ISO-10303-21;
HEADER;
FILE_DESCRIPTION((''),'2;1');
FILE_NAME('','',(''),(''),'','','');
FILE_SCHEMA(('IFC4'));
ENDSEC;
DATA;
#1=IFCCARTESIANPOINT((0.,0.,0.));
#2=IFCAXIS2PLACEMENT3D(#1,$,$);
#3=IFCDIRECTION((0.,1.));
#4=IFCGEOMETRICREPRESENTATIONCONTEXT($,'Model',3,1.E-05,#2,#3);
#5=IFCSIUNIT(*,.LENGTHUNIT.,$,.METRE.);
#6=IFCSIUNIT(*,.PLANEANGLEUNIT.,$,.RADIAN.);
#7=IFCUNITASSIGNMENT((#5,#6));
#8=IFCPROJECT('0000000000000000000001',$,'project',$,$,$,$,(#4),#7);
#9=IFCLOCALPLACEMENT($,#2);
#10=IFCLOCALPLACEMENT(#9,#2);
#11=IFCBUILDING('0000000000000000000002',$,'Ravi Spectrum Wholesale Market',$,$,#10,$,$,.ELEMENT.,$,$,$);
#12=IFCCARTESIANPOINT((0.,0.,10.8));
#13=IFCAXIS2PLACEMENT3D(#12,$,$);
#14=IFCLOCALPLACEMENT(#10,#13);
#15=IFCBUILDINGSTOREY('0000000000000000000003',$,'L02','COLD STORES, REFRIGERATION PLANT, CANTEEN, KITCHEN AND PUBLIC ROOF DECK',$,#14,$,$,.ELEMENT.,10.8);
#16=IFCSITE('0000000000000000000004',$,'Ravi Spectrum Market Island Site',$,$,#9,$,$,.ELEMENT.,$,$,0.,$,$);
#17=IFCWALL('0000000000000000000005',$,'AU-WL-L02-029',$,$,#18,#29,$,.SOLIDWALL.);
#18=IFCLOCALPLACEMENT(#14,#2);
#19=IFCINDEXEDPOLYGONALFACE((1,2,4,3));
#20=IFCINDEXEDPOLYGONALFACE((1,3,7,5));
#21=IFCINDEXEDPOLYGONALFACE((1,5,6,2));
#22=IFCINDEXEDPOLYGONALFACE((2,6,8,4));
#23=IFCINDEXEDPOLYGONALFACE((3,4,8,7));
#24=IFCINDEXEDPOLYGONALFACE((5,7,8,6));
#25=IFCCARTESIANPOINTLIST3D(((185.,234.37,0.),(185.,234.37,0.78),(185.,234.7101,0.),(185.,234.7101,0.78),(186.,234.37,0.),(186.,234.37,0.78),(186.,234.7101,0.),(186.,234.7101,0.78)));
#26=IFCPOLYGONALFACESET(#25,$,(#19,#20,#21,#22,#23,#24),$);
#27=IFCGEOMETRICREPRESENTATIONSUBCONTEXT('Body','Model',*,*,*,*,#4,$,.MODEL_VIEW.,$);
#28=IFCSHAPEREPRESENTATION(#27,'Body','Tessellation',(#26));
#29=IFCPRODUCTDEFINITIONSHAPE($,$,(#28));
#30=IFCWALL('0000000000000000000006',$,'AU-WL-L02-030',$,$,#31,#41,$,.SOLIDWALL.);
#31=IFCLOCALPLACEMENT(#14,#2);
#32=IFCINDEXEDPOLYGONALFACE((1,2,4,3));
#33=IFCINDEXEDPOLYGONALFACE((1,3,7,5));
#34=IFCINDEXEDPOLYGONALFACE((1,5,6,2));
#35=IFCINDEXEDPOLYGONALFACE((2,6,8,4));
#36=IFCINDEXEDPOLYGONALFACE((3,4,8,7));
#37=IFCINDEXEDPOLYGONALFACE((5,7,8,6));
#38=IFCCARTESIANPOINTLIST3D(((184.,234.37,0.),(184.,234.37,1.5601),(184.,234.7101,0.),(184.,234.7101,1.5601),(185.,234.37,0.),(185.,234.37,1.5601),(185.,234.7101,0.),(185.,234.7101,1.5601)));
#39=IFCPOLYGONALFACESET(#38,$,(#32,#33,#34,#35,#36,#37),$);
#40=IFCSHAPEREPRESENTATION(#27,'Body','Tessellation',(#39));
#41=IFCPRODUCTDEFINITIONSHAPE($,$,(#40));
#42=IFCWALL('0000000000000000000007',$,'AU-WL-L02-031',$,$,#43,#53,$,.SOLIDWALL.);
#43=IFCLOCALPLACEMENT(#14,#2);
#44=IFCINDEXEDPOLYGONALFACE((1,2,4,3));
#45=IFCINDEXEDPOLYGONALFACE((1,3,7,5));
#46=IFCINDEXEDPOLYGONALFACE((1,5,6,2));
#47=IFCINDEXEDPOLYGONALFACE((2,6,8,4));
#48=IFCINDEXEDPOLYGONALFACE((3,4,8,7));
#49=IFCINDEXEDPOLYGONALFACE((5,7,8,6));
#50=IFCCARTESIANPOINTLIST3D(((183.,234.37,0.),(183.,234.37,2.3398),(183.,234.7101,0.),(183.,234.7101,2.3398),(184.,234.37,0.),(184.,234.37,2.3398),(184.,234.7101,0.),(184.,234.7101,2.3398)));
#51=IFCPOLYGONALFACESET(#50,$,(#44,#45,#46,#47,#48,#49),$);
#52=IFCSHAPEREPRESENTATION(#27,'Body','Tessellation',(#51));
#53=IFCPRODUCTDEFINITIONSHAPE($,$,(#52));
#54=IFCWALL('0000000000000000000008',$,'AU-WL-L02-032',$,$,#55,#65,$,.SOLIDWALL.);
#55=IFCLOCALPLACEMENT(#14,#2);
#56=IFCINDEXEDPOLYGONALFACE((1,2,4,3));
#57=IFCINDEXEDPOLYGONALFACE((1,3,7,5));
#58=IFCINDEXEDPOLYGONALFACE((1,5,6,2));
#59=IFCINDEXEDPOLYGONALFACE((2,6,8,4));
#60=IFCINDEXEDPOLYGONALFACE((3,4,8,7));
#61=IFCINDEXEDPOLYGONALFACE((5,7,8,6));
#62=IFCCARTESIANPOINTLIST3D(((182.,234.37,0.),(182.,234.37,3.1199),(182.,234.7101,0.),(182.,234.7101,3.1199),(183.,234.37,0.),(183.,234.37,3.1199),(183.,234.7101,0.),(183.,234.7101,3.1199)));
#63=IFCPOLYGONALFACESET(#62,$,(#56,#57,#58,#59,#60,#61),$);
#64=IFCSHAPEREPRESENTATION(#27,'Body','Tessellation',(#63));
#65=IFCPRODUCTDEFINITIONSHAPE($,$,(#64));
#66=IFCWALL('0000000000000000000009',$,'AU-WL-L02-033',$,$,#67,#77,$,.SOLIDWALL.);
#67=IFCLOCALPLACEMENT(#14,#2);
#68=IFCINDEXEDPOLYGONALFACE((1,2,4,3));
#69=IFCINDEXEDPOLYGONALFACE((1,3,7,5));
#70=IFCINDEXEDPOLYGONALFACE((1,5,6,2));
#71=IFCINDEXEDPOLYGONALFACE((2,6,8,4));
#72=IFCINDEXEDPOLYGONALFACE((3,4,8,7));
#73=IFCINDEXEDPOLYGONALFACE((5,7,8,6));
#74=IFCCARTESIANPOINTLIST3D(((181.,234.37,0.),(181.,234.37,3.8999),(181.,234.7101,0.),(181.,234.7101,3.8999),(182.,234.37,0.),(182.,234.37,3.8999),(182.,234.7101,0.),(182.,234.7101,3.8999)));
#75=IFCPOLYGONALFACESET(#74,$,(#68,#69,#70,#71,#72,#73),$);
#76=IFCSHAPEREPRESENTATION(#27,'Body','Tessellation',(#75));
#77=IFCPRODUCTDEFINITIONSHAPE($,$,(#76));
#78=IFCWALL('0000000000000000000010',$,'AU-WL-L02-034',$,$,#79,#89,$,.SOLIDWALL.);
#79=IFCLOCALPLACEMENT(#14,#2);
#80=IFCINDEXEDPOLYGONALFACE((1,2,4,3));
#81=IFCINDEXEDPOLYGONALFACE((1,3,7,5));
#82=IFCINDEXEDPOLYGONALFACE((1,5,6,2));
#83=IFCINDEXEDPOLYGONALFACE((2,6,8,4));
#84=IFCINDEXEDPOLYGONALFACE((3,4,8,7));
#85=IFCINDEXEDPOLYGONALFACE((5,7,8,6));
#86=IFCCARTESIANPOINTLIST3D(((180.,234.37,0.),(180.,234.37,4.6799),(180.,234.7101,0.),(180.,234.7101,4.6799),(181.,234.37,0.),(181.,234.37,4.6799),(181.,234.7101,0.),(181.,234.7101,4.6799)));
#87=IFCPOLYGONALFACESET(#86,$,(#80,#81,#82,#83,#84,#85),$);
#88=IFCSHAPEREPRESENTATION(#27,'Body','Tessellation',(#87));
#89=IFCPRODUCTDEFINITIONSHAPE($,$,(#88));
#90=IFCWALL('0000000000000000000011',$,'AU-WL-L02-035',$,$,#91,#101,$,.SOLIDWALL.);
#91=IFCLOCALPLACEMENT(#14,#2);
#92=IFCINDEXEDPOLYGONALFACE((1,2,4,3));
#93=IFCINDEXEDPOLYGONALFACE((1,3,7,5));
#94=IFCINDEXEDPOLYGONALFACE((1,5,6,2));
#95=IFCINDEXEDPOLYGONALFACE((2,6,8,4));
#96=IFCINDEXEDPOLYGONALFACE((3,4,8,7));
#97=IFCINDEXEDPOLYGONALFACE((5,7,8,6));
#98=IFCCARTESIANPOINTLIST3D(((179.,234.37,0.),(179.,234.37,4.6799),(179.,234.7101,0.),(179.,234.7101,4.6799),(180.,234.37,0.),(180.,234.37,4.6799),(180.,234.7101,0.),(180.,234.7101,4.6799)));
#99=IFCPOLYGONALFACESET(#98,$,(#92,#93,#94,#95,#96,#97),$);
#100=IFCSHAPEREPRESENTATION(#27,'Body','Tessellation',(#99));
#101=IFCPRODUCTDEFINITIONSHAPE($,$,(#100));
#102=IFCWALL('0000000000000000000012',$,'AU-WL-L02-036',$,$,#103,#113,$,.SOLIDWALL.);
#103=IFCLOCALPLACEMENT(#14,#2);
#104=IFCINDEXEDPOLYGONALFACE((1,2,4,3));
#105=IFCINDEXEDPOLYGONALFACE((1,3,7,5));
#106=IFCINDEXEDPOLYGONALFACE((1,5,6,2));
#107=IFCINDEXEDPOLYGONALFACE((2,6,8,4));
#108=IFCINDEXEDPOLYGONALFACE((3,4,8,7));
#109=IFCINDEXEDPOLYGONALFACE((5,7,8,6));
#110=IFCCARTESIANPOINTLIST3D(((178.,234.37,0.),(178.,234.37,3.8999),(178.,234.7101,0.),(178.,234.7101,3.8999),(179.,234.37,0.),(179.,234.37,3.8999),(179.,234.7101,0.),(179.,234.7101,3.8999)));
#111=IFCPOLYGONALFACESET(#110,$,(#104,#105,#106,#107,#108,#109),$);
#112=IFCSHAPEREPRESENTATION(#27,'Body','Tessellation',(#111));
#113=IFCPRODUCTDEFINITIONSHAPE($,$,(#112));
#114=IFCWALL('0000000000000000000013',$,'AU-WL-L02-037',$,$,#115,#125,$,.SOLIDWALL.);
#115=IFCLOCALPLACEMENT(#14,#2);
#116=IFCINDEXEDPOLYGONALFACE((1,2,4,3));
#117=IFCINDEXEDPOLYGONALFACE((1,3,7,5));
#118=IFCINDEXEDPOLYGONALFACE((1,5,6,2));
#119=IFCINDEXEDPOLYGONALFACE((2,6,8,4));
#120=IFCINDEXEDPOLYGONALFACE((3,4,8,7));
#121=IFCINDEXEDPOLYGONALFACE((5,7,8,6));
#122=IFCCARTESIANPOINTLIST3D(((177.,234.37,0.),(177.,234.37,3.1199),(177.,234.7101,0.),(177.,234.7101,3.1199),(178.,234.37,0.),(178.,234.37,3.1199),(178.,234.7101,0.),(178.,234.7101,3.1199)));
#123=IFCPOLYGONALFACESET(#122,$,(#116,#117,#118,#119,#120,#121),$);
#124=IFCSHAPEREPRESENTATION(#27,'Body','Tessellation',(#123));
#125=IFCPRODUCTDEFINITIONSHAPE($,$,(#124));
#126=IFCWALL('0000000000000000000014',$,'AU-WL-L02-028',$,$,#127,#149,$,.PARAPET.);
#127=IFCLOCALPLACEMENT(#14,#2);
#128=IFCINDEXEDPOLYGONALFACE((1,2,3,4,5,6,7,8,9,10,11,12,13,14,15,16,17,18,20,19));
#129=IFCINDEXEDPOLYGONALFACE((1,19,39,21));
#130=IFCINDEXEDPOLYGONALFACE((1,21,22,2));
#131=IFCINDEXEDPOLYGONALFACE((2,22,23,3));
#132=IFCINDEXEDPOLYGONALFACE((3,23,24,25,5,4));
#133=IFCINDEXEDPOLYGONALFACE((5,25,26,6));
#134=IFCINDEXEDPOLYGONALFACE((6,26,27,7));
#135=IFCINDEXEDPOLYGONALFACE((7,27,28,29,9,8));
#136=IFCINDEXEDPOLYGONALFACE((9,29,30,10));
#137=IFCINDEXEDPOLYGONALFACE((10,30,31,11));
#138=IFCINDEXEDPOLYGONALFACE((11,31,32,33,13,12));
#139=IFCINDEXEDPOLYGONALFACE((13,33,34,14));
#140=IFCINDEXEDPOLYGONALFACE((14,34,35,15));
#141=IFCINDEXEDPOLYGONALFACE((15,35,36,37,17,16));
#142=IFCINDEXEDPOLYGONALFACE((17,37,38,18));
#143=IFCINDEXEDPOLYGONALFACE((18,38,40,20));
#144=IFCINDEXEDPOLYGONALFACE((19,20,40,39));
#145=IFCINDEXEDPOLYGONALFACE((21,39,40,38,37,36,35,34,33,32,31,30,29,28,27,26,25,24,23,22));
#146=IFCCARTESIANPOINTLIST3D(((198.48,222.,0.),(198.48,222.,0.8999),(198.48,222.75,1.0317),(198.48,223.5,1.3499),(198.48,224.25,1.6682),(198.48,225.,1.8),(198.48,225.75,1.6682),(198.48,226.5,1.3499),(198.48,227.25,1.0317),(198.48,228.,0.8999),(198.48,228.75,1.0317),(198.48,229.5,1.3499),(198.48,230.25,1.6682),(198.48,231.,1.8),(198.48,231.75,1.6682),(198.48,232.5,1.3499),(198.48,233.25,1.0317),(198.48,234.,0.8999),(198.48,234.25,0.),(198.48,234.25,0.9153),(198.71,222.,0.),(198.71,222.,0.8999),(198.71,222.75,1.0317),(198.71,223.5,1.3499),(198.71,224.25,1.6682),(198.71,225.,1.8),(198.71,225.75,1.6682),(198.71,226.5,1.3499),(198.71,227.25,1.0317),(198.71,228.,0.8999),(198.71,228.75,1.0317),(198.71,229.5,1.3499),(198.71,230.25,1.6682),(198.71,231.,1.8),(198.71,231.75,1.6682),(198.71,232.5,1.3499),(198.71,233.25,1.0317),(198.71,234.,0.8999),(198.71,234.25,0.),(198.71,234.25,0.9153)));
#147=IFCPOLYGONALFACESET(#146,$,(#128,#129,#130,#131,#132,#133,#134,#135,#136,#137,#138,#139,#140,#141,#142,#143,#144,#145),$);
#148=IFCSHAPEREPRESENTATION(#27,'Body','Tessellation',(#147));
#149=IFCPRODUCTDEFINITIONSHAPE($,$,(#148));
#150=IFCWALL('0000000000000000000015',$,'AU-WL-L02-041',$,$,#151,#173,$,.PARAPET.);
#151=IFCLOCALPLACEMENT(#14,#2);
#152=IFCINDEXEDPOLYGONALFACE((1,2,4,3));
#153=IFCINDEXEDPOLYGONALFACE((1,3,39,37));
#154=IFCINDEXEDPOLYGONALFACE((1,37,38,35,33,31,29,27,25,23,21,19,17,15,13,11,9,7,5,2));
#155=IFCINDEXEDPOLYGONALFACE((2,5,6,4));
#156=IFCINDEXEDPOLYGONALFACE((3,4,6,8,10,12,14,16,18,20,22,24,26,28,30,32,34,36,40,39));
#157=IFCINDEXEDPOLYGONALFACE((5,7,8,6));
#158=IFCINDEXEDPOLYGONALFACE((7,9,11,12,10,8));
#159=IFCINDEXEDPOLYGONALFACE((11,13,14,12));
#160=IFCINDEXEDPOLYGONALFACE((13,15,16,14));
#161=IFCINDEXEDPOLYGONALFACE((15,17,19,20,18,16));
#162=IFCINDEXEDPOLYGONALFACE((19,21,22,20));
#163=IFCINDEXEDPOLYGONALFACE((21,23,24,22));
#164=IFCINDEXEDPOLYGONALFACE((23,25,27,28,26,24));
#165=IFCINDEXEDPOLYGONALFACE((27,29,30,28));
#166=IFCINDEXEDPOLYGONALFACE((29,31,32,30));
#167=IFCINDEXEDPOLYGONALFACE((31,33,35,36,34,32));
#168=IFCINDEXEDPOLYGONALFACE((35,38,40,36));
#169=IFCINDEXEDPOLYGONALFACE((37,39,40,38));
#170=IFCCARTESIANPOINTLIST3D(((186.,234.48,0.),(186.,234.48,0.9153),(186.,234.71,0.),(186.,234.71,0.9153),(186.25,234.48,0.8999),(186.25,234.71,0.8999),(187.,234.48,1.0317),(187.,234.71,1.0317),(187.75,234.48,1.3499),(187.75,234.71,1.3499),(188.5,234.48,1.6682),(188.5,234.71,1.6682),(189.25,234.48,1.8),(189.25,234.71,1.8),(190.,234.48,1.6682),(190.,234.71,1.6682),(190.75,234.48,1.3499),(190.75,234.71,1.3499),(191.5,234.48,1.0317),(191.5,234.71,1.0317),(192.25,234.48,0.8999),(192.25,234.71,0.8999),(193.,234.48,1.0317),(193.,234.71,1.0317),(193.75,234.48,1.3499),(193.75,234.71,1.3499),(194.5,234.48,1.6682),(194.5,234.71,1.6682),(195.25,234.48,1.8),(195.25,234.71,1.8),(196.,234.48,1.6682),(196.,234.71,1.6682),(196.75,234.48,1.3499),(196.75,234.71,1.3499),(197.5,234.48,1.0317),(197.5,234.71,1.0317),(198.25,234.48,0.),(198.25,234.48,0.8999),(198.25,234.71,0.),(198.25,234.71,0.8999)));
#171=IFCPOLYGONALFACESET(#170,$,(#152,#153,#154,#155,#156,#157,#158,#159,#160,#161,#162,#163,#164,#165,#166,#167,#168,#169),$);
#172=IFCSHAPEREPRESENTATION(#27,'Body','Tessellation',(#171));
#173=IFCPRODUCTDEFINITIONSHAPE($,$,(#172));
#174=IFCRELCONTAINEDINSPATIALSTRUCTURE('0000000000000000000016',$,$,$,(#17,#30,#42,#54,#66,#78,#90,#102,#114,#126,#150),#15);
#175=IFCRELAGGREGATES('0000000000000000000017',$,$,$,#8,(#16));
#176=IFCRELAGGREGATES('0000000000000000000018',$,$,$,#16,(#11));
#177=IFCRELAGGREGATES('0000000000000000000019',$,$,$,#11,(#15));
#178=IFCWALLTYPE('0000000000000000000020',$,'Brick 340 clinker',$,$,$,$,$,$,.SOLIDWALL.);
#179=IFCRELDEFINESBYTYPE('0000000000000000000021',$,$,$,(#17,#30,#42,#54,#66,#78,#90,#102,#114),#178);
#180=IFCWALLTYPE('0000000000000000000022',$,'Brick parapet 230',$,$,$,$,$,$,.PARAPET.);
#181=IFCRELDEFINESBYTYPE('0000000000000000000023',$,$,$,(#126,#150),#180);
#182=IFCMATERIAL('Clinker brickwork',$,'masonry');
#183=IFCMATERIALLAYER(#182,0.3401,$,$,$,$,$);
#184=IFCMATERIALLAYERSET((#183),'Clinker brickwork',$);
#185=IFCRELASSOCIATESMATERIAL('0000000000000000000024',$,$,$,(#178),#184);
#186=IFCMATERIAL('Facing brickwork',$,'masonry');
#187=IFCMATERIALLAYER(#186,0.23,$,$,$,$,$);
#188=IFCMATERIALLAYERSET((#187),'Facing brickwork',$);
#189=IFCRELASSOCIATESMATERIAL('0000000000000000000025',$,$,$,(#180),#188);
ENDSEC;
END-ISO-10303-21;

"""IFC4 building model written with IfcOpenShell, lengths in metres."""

from ifc_helpers import new_model, si_unit, direction, frame, frame_2d, origin, place, context, subcontext, project, spatial, polyline, rectangle, outline, extrude, material, layer, layer_set, type_object, element, save


model = new_model("IFC4")

# Units and contexts
model_context = context("Model", 3, precision=1e-05, world=origin(), true_north=direction((0.0, 1.0)))
body_context = subcontext(model_context, "Body", "Model", "MODEL_VIEW")
ifc_project = project(units=[si_unit("LENGTHUNIT", "METRE"), si_unit("PLANEANGLEUNIT", "RADIAN")], contexts=[model_context])

# Site, building, storey
site_placement = place(None, origin())
site = spatial("IfcSite", under=ifc_project, at=site_placement, Name="Ravi Spectrum Market Island Site", CompositionType="ELEMENT", RefElevation=0.0)
building_placement = place(site_placement, origin())
building = spatial("IfcBuilding", under=site, at=building_placement, Name="Ravi Spectrum Wholesale Market", CompositionType="ELEMENT")
storey_placement = place(building_placement, frame((0.0, 0.0, 10.8)))
storey = spatial("IfcBuildingStorey", under=building, at=storey_placement, Name="L02", Description="COLD STORES, REFRIGERATION PLANT, CANTEEN, KITCHEN AND PUBLIC ROOF DECK", CompositionType="ELEMENT", Elevation=10.8)

# Walls
ifc_material_1 = material(Name="Clinker brickwork", Category="masonry")
ifc_layer_1 = layer(ifc_material_1, 0.3401)
ifc_layer_set_1 = layer_set([ifc_layer_1], Name="Clinker brickwork")
wall_type_1 = type_object("IfcWallType", Name="Brick 340 clinker", PredefinedType="SOLIDWALL", material=ifc_layer_set_1)
wall_1_placement = place(storey_placement, frame((186.0, 234.54, 0.0), z_axis=(0.0, 0.0, 1.0), x_axis=(-1.0, 0.0, 0.0)))
element("IfcWall", 1, at=wall_1_placement, inside=storey, type_object=wall_type_1, Name="AU-WL-L02-029", PredefinedType="SOLIDWALL", context=body_context, shape_type="SweptSolid", body=[
    extrude(rectangle(XDim=1.0, YDim=0.3401, at=frame_2d((0.5, 0.0))), origin(), (0.0, 0.0, 1.0), 0.78),
])
wall_2_placement = place(storey_placement, frame((185.0, 234.54, 0.0), z_axis=(0.0, 0.0, 1.0), x_axis=(-1.0, 0.0, 0.0)))
element("IfcWall", 2, at=wall_2_placement, inside=storey, type_object=wall_type_1, Name="AU-WL-L02-030", PredefinedType="SOLIDWALL", context=body_context, shape_type="SweptSolid", body=[
    extrude(rectangle(XDim=1.0, YDim=0.3401, at=frame_2d((0.5, 0.0))), origin(), (0.0, 0.0, 1.0), 1.5601),
])
wall_3_placement = place(storey_placement, frame((184.0, 234.54, 0.0), z_axis=(0.0, 0.0, 1.0), x_axis=(-1.0, 0.0, 0.0)))
element("IfcWall", 3, at=wall_3_placement, inside=storey, type_object=wall_type_1, Name="AU-WL-L02-031", PredefinedType="SOLIDWALL", context=body_context, shape_type="SweptSolid", body=[
    extrude(rectangle(XDim=1.0, YDim=0.3401, at=frame_2d((0.5, 0.0))), origin(), (0.0, 0.0, 1.0), 2.3398),
])
wall_4_placement = place(storey_placement, frame((183.0, 234.54, 0.0), z_axis=(0.0, 0.0, 1.0), x_axis=(-1.0, 0.0, 0.0)))
element("IfcWall", 4, at=wall_4_placement, inside=storey, type_object=wall_type_1, Name="AU-WL-L02-032", PredefinedType="SOLIDWALL", context=body_context, shape_type="SweptSolid", body=[
    extrude(rectangle(XDim=1.0, YDim=0.3401, at=frame_2d((0.5, 0.0))), origin(), (0.0, 0.0, 1.0), 3.1199),
])
wall_5_placement = place(storey_placement, frame((182.0, 234.54, 0.0), z_axis=(0.0, 0.0, 1.0), x_axis=(-1.0, 0.0, 0.0)))
element("IfcWall", 5, at=wall_5_placement, inside=storey, type_object=wall_type_1, Name="AU-WL-L02-033", PredefinedType="SOLIDWALL", context=body_context, shape_type="SweptSolid", body=[
    extrude(rectangle(XDim=1.0, YDim=0.3401, at=frame_2d((0.5, 0.0))), origin(), (0.0, 0.0, 1.0), 3.8999),
])
for number, where, z_axis, x_axis, name in (
    (6, (181.0, 234.54, 0.0), (0.0, 0.0, 1.0), (-1.0, 0.0, 0.0), "AU-WL-L02-034"),
    (7, (180.0, 234.54, 0.0), (0.0, 0.0, 1.0), (-1.0, 0.0, 0.0), "AU-WL-L02-035"),
):
    element("IfcWall", number, at=place(storey_placement, frame(where, z_axis=z_axis, x_axis=x_axis)), inside=storey, type_object=wall_type_1, Name=name, PredefinedType="SOLIDWALL", context=body_context, shape_type="SweptSolid", body=[
        extrude(rectangle(XDim=1.0, YDim=0.3401, at=frame_2d((0.5, 0.0))), origin(), (0.0, 0.0, 1.0), 4.6799),
    ])
wall_6_placement = place(storey_placement, frame((179.0, 234.54, 0.0), z_axis=(0.0, 0.0, 1.0), x_axis=(-1.0, 0.0, 0.0)))
element("IfcWall", 8, at=wall_6_placement, inside=storey, type_object=wall_type_1, Name="AU-WL-L02-036", PredefinedType="SOLIDWALL", context=body_context, shape_type="SweptSolid", body=[
    extrude(rectangle(XDim=1.0, YDim=0.3401, at=frame_2d((0.5, 0.0))), origin(), (0.0, 0.0, 1.0), 3.8999),
])
wall_7_placement = place(storey_placement, frame((178.0, 234.54, 0.0), z_axis=(0.0, 0.0, 1.0), x_axis=(-1.0, 0.0, 0.0)))
element("IfcWall", 9, at=wall_7_placement, inside=storey, type_object=wall_type_1, Name="AU-WL-L02-037", PredefinedType="SOLIDWALL", context=body_context, shape_type="SweptSolid", body=[
    extrude(rectangle(XDim=1.0, YDim=0.3401, at=frame_2d((0.5, 0.0))), origin(), (0.0, 0.0, 1.0), 3.1199),
])
ifc_material_2 = material(Name="Facing brickwork", Category="masonry")
ifc_layer_2 = layer(ifc_material_2, 0.23)
ifc_layer_set_2 = layer_set([ifc_layer_2], Name="Facing brickwork")
wall_type_2 = type_object("IfcWallType", Name="Brick parapet 230", PredefinedType="PARAPET", material=ifc_layer_set_2)
for number, where, z_axis, x_axis, name in (
    (10, (198.595, 222.0, 0.0), (0.0, 0.0, 1.0), (0.0, 1.0, 0.0), "AU-WL-L02-028"),
    (11, (198.25, 234.595, 0.0), (0.0, 0.0, 1.0), (-1.0, 0.0, 0.0), "AU-WL-L02-041"),
):
    element("IfcWall", number, at=place(storey_placement, frame(where, z_axis=z_axis, x_axis=x_axis)), inside=storey, type_object=wall_type_2, Name=name, PredefinedType="PARAPET", context=body_context, shape_type="SweptSolid", body=[
        extrude(outline(polyline([(0.0, 0.0), (12.25, 0.0), (12.25, 0.9153), (12.0, 0.8999), (11.25, 1.0317), (10.5, 1.3499), (9.75, 1.6682), (9.0, 1.8), (8.25, 1.6682), (7.5, 1.3499), (6.75, 1.0317), (6.0, 0.8999), (5.25, 1.0317), (4.5, 1.3499), (3.75, 1.6682), (3.0, 1.8), (2.25, 1.6682), (1.5, 1.3499), (0.75, 1.0317), (0.0, 0.8999), (0.0, 0.0)])), frame((0.0, 0.115, 0.0), z_axis=(0.0, -1.0, 0.0), x_axis=(1.0, 0.0, 0.0)), (0.0, 0.0, 1.0), 0.23),
    ])

save(model, "model.ifc")
